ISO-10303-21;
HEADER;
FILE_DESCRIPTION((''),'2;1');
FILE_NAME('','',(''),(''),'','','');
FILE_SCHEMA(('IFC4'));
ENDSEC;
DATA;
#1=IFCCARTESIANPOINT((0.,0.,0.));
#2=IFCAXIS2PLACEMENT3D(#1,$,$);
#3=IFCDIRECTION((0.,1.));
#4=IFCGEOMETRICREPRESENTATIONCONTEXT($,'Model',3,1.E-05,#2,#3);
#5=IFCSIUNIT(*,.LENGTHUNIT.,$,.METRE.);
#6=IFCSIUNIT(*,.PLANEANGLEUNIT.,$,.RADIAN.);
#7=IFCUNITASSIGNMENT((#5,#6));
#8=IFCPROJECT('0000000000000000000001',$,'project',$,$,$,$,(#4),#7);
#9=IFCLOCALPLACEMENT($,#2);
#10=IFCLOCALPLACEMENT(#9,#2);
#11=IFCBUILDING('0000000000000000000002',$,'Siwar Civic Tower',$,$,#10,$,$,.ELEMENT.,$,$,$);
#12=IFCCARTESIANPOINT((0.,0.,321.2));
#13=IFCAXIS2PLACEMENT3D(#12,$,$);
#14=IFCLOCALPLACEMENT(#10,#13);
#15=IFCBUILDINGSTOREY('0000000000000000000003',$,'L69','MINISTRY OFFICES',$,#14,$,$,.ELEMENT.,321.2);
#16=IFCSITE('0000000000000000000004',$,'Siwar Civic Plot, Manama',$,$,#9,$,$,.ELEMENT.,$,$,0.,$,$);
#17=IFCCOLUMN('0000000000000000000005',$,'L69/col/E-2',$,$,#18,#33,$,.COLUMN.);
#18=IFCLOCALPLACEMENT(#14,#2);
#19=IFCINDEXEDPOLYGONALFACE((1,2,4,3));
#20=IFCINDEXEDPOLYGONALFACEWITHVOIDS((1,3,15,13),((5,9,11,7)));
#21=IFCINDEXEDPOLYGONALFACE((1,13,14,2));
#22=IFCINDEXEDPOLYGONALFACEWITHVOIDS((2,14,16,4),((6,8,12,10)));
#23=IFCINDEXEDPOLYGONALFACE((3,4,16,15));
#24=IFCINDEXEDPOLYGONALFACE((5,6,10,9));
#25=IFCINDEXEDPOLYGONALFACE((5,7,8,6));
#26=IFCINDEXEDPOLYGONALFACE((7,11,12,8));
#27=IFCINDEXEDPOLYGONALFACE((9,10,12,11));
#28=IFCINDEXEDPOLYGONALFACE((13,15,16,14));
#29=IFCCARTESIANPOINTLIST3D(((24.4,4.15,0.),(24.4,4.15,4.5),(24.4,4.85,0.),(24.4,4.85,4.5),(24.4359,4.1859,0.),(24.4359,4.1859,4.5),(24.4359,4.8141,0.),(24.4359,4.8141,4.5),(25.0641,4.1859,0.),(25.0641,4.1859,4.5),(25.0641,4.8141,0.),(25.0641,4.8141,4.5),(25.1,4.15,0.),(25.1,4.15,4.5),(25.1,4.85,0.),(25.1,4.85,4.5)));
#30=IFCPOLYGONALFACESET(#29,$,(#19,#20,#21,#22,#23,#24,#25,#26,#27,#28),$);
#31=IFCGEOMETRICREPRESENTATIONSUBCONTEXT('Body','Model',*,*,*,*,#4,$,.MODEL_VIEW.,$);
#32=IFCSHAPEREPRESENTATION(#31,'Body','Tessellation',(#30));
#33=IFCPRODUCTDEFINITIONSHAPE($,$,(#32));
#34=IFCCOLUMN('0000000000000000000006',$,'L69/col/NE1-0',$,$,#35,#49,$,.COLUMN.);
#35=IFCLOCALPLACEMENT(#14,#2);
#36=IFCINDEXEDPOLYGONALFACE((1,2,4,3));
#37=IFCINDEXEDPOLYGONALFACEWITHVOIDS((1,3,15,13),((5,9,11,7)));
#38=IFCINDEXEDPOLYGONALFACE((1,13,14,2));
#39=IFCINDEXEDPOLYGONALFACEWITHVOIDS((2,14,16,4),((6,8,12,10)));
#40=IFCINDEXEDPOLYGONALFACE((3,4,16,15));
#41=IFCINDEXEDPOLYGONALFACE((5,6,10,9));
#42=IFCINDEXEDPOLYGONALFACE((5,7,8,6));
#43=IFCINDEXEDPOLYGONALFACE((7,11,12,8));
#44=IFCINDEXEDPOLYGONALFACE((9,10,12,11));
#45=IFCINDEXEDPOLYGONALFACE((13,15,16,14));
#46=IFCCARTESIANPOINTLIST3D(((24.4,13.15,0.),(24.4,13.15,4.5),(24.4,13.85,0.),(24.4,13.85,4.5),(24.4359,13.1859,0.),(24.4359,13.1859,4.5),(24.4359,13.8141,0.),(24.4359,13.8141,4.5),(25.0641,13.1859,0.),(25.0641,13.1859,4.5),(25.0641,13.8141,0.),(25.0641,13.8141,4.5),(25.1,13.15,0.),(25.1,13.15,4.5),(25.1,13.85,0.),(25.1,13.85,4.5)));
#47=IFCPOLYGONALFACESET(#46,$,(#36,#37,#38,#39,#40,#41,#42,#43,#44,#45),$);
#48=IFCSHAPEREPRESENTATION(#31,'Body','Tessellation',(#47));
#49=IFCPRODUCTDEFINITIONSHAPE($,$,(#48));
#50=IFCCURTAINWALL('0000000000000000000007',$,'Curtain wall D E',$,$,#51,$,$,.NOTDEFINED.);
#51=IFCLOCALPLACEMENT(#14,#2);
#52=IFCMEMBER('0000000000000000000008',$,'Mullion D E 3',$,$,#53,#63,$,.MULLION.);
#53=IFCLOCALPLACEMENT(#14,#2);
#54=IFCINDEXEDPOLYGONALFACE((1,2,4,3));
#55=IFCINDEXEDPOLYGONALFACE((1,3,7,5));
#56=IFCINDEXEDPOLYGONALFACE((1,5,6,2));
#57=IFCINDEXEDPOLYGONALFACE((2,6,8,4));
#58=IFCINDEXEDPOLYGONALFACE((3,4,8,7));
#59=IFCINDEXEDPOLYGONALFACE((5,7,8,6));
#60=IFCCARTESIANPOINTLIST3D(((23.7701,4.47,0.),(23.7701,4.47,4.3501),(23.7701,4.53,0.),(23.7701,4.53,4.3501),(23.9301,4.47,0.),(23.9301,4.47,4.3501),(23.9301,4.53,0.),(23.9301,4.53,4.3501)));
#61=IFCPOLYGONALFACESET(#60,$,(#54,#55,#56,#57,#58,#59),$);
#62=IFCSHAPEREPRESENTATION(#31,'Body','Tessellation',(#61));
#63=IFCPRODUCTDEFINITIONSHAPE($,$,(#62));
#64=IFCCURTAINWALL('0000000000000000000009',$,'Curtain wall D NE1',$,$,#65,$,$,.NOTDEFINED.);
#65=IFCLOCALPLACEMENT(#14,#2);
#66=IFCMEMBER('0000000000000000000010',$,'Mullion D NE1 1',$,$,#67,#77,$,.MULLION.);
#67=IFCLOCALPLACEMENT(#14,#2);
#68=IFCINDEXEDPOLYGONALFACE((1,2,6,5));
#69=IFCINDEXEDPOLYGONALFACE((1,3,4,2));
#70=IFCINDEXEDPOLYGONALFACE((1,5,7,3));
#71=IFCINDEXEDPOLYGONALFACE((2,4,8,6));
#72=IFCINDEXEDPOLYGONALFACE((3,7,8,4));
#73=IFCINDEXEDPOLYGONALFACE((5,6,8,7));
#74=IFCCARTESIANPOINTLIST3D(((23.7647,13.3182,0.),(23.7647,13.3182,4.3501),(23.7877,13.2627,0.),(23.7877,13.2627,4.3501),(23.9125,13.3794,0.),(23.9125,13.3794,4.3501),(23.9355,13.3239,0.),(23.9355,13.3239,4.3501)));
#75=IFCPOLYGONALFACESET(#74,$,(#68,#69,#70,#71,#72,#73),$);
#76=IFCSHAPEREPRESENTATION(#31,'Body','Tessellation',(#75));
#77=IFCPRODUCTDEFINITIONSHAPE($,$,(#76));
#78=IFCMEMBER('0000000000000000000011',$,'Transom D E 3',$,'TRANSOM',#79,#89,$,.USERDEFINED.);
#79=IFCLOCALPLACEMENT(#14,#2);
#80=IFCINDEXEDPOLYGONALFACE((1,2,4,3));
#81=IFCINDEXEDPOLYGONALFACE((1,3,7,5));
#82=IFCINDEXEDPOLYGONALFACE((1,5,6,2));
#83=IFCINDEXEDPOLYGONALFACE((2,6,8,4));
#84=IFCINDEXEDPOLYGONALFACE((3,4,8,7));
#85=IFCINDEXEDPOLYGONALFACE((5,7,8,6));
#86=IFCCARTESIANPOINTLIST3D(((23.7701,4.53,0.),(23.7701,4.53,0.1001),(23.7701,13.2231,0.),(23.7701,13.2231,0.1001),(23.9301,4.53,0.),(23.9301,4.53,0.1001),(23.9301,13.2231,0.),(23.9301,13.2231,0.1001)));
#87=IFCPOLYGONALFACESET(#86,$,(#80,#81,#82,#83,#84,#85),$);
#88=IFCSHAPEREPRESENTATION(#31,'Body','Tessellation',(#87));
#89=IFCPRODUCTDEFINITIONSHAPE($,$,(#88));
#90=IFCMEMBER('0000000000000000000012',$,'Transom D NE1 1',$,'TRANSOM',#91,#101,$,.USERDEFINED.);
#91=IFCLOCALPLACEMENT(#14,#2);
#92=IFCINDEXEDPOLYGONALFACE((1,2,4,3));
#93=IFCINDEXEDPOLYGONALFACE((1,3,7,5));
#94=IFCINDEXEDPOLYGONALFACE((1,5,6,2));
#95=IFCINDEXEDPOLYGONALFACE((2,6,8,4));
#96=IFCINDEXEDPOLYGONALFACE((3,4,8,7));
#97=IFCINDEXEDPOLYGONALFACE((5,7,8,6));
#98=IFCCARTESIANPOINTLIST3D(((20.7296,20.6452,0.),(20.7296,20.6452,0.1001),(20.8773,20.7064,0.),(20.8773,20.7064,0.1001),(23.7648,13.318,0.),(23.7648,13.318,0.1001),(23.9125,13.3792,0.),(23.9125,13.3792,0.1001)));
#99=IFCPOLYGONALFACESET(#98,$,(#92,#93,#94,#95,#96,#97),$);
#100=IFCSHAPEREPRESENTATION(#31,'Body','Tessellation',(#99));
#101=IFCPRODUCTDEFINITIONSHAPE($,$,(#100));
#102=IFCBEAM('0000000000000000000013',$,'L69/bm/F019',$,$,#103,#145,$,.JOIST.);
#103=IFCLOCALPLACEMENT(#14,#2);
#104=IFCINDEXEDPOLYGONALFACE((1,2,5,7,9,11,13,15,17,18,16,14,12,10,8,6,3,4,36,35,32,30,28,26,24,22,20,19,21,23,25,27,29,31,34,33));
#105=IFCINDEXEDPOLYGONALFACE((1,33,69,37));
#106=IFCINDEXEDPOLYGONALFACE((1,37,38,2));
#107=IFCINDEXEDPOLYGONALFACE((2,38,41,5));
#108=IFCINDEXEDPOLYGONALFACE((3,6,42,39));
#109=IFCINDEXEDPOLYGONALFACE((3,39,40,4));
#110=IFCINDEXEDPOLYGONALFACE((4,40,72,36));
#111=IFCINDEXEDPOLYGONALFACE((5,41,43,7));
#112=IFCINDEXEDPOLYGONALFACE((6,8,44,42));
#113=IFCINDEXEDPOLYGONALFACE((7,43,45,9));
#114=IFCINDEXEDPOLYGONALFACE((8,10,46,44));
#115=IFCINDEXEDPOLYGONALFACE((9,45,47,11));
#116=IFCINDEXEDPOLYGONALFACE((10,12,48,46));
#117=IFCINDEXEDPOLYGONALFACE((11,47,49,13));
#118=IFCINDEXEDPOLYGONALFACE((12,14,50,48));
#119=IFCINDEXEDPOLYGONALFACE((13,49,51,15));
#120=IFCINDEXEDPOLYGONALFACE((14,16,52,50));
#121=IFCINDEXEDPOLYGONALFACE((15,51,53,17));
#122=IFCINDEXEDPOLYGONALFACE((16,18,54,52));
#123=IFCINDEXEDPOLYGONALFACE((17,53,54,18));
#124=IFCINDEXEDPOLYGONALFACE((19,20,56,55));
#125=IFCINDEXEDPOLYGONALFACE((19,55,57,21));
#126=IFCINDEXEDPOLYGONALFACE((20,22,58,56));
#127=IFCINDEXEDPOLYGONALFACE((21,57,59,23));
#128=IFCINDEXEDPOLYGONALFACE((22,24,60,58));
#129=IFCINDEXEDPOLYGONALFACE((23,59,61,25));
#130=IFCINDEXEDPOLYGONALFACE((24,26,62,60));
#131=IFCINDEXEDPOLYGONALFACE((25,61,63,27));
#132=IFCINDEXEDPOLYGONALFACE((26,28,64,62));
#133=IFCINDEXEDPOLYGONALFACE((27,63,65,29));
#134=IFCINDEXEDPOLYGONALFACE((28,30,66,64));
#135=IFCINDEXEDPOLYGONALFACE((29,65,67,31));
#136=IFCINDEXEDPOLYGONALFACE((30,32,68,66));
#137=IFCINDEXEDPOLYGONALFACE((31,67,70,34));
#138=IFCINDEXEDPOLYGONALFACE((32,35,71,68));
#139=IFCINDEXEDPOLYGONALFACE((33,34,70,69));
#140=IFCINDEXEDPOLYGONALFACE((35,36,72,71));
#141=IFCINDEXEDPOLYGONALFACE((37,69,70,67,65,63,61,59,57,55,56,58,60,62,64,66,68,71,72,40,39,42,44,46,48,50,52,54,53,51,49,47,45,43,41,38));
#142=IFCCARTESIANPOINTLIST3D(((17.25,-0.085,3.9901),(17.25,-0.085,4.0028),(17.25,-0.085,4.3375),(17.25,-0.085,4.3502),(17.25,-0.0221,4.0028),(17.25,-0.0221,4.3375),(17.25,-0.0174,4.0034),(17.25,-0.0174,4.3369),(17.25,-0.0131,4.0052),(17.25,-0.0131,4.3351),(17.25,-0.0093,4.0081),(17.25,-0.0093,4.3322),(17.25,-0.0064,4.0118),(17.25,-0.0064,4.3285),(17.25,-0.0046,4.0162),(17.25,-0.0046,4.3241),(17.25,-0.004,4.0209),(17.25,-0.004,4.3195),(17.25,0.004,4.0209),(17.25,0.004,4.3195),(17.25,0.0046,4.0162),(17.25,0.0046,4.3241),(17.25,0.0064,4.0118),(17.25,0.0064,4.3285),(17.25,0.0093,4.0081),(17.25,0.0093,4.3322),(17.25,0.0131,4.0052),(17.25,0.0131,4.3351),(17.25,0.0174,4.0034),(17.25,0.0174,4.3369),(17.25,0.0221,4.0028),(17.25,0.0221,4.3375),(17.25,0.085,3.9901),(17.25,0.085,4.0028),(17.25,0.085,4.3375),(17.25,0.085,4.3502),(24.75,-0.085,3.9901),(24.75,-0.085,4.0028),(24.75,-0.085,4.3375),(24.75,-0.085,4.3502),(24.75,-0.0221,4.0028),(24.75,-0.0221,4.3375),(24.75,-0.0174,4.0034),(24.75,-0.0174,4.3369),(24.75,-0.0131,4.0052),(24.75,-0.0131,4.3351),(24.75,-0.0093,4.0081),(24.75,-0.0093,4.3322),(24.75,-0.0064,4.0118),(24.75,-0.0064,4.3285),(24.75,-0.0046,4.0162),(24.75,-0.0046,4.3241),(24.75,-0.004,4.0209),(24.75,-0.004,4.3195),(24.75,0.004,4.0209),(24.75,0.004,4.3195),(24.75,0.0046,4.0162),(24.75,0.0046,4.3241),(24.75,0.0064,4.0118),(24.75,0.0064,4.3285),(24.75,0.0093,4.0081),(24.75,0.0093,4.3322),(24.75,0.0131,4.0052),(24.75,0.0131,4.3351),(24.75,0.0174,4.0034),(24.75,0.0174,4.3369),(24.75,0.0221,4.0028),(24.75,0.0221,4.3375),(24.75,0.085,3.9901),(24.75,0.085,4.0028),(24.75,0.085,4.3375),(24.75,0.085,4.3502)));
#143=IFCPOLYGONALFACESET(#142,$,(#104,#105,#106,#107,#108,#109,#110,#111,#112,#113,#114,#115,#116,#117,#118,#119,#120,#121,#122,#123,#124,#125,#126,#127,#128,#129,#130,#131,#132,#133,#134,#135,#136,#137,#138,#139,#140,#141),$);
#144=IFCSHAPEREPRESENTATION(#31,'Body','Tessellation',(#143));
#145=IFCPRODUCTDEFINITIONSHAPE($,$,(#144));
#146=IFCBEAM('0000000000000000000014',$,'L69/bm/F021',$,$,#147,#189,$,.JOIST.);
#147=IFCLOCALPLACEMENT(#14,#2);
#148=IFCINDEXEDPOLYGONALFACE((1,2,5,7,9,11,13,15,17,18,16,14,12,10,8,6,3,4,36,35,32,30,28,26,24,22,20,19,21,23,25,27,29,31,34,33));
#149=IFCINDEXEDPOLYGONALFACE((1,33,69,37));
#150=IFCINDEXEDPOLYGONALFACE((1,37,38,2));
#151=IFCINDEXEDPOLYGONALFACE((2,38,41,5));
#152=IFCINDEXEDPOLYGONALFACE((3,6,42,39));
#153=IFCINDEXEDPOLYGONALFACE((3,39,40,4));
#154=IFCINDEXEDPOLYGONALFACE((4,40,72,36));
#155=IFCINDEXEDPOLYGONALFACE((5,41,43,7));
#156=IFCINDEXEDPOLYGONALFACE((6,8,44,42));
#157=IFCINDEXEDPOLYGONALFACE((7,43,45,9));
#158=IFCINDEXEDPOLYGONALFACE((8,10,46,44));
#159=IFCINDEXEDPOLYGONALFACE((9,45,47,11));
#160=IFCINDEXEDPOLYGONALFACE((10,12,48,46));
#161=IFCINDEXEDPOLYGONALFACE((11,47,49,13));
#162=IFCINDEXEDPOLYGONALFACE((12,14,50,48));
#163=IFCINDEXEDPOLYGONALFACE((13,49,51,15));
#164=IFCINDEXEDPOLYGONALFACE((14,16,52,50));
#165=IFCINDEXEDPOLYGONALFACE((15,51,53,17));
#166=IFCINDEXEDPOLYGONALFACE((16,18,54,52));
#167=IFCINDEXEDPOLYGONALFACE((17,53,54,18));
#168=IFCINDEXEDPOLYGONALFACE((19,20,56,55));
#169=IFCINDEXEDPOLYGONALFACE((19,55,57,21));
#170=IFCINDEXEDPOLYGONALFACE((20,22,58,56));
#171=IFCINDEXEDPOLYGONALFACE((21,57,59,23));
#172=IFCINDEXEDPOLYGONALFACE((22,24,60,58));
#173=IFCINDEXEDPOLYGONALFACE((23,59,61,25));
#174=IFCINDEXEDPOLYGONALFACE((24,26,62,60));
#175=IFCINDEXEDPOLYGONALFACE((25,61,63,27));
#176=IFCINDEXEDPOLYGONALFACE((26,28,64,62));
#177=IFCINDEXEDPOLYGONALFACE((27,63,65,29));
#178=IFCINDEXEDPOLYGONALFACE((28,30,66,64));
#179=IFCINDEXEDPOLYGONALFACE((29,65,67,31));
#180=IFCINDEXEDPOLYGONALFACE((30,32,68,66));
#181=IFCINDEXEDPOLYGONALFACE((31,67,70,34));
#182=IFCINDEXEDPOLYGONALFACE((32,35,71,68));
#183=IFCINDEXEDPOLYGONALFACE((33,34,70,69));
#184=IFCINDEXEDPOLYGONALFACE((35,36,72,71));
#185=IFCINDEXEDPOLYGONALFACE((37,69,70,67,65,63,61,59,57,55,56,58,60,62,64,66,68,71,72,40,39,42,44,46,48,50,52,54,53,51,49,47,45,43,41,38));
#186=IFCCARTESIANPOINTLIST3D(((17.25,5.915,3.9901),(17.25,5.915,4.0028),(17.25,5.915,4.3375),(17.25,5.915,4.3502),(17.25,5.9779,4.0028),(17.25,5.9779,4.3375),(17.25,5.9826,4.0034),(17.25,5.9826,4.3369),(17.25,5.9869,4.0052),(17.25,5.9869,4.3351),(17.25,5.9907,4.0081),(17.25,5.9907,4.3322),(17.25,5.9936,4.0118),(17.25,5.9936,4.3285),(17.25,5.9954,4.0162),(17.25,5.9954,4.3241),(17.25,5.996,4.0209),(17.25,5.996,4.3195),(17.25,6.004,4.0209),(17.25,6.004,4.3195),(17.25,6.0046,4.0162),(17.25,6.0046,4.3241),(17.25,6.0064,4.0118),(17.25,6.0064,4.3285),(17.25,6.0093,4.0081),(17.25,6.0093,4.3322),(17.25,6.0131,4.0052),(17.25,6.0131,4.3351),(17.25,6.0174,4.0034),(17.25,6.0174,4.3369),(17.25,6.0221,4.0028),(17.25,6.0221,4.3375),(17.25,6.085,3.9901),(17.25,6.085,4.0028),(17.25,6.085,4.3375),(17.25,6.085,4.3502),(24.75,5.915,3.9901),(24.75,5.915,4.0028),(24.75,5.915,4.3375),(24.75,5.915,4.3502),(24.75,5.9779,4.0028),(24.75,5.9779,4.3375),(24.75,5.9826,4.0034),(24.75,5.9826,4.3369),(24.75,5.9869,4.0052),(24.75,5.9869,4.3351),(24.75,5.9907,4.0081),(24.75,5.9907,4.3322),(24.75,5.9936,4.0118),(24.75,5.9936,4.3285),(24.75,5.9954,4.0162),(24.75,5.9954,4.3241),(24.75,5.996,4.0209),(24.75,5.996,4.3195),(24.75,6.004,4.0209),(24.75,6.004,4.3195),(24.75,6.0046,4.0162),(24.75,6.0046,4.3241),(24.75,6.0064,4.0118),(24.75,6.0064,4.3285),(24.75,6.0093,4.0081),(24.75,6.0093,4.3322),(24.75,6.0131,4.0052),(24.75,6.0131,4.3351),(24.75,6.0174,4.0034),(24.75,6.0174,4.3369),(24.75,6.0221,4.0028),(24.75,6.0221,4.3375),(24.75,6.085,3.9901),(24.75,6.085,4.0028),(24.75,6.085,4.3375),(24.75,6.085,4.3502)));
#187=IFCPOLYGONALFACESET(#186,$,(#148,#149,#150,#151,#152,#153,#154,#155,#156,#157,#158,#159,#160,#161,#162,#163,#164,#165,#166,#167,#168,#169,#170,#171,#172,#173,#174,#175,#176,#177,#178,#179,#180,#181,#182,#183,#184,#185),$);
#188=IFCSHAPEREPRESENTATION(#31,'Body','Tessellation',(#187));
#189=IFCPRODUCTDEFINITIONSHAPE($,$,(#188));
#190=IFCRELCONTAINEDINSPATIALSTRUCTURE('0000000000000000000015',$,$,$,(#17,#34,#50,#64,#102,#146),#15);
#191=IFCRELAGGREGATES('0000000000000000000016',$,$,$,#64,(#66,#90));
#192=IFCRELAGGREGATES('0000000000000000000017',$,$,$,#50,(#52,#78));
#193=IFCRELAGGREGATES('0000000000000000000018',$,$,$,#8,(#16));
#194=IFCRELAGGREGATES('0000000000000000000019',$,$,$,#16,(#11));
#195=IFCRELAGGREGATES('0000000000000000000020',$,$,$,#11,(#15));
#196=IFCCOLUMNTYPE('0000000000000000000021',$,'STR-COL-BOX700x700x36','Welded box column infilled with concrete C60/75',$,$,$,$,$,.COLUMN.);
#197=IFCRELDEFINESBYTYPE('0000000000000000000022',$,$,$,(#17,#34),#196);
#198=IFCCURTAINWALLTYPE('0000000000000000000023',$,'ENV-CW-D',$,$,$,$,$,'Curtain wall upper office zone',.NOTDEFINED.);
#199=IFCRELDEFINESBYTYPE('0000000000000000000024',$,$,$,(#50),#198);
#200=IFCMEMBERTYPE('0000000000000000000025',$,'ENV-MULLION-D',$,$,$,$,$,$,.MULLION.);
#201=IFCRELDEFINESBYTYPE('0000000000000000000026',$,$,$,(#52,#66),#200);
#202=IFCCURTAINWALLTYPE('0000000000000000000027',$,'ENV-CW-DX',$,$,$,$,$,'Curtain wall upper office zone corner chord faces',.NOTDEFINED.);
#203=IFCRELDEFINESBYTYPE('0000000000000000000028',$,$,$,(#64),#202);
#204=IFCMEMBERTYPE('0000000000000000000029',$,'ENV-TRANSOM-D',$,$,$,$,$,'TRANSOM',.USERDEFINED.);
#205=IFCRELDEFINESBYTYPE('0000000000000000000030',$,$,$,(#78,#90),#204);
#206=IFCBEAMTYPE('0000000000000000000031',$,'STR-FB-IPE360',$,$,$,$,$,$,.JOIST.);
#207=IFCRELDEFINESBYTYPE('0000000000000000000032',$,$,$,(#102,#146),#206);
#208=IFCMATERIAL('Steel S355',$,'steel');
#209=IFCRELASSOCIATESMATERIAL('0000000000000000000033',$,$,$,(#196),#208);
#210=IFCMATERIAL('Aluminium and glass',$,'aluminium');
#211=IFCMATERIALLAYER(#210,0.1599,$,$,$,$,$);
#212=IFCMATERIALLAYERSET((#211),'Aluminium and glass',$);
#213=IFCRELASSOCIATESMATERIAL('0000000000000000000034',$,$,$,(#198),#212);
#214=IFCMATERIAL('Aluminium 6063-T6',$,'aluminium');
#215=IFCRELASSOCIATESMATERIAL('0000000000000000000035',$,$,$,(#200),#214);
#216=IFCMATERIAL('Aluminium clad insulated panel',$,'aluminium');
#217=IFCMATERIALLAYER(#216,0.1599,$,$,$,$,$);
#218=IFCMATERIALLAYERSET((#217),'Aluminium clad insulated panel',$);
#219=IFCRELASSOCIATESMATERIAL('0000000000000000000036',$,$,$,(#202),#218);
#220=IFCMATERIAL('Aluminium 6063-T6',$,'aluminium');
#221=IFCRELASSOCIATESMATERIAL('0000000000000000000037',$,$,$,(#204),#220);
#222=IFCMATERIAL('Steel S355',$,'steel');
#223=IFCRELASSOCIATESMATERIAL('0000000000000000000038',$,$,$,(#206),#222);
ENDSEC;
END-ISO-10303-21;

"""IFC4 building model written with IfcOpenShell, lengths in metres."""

from ifc_helpers import new_model, si_unit, direction, frame, origin, origin_2d, place, context, subcontext, project, spatial, rectangle, hollow_rectangle, i_section, extrude, material, layer, layer_set, material_profile, profile_set, type_object, element, aggregate, save


model = new_model("IFC4")

# Units and contexts
model_context = context("Model", 3, precision=1e-05, world=origin(), true_north=direction((0.0, 1.0)))
body_context = subcontext(model_context, "Body", "Model", "MODEL_VIEW")
ifc_project = project(units=[si_unit("LENGTHUNIT", "METRE"), si_unit("PLANEANGLEUNIT", "RADIAN")], contexts=[model_context])

# Site, building, storey
site_placement = place(None, origin())
site = spatial("IfcSite", under=ifc_project, at=site_placement, Name="Siwar Civic Plot, Manama", CompositionType="ELEMENT", RefElevation=0.0)
building_placement = place(site_placement, origin())
building = spatial("IfcBuilding", under=site, at=building_placement, Name="Siwar Civic Tower", CompositionType="ELEMENT")
storey_placement = place(building_placement, frame((0.0, 0.0, 321.2)))
storey = spatial("IfcBuildingStorey", under=building, at=storey_placement, Name="L69", Description="MINISTRY OFFICES", CompositionType="ELEMENT", Elevation=321.2)

# Columns
ifc_material_1 = material(Name="Steel S355", Category="steel")
ifc_material_profile_1 = material_profile(ifc_material_1, hollow_rectangle(XDim=0.7, YDim=0.7, WallThickness=0.0359, at=origin_2d()), Name="BOX700x700x36")
ifc_profile_set_1 = profile_set([ifc_material_profile_1], Name="Steel S355")
column_type = type_object("IfcColumnType", Name="STR-COL-BOX700x700x36", Description="Welded box column infilled with concrete C60/75", PredefinedType="COLUMN", material=ifc_profile_set_1)
for number, where, z_axis, x_axis, name in (
    (1, (24.75, 4.5, 0.0), (0.0, 0.0, 1.0), (1.0, 0.0, 0.0), "L69/col/E-2"),
    (2, (24.75, 13.5, 0.0), (0.0, 0.0, 1.0), (1.0, 0.0, 0.0), "L69/col/NE1-0"),
):
    element("IfcColumn", number, at=place(storey_placement, frame(where, z_axis=z_axis, x_axis=x_axis)), inside=storey, type_object=column_type, Name=name, PredefinedType="COLUMN", context=body_context, shape_type="SweptSolid", body=[
        extrude(hollow_rectangle(XDim=0.7, YDim=0.7, WallThickness=0.0359, at=origin_2d()), origin(), (0.0, 0.0, 1.0), 4.5),
    ])

# Curtain walls, members
ifc_material_2 = material(Name="Aluminium and glass", Category="aluminium")
ifc_layer_1 = layer(ifc_material_2, 0.1599)
ifc_layer_set_1 = layer_set([ifc_layer_1], Name="Aluminium and glass")
curtain_wall_type_1 = type_object("IfcCurtainWallType", Name="ENV-CW-D", ElementType="Curtain wall upper office zone", PredefinedType="NOTDEFINED", material=ifc_layer_set_1)
curtain_wall_1_placement = place(storey_placement, origin())
curtain_wall_1 = element("IfcCurtainWall", 3, at=curtain_wall_1_placement, inside=storey, type_object=curtain_wall_type_1, Name="Curtain wall D E", PredefinedType="NOTDEFINED")
ifc_material_3 = material(Name="Aluminium 6063-T6", Category="aluminium")
ifc_material_profile_2 = material_profile(ifc_material_3, rectangle(XDim=0.1599, YDim=0.0601, at=origin_2d()), Name="AL 160x60")
ifc_profile_set_2 = profile_set([ifc_material_profile_2], Name="Aluminium 6063-T6")
member_type_1 = type_object("IfcMemberType", Name="ENV-MULLION-D", PredefinedType="MULLION", material=ifc_profile_set_2)
member_1_placement = place(storey_placement, frame((23.8501, 4.5, 0.0), z_axis=(0.0, 0.0, 1.0), x_axis=(-1.0, 0.0, 0.0)))
member_1 = element("IfcMember", 4, at=member_1_placement, type_object=member_type_1, Name="Mullion D E 3", PredefinedType="MULLION", context=body_context, shape_type="SweptSolid", body=[
    extrude(rectangle(XDim=0.1599, YDim=0.0601, at=origin_2d()), origin(), (0.0, 0.0, 1.0), 4.3501),
])
ifc_material_4 = material(Name="Aluminium clad insulated panel", Category="aluminium")
ifc_layer_2 = layer(ifc_material_4, 0.1599)
ifc_layer_set_2 = layer_set([ifc_layer_2], Name="Aluminium clad insulated panel")
curtain_wall_type_2 = type_object("IfcCurtainWallType", Name="ENV-CW-DX", ElementType="Curtain wall upper office zone corner chord faces", PredefinedType="NOTDEFINED", material=ifc_layer_set_2)
curtain_wall_2_placement = place(storey_placement, origin())
curtain_wall_2 = element("IfcCurtainWall", 5, at=curtain_wall_2_placement, inside=storey, type_object=curtain_wall_type_2, Name="Curtain wall D NE1", PredefinedType="NOTDEFINED")
member_2_placement = place(storey_placement, frame((23.8501, 13.321, 0.0), z_axis=(0.0, 0.0, 1.0), x_axis=(-0.92388, -0.382683, 0.0)))
member_2 = element("IfcMember", 6, at=member_2_placement, type_object=member_type_1, Name="Mullion D NE1 1", PredefinedType="MULLION", context=body_context, shape_type="SweptSolid", body=[
    extrude(rectangle(XDim=0.1599, YDim=0.0601, at=origin_2d()), origin(), (0.0, 0.0, 1.0), 4.3501),
])

# Members
ifc_material_5 = material(Name="Aluminium 6063-T6", Category="aluminium")
ifc_material_profile_3 = material_profile(ifc_material_5, rectangle(XDim=0.1599, YDim=0.1001, at=origin_2d()), Name="AL 160x100")
ifc_profile_set_3 = profile_set([ifc_material_profile_3], Name="Aluminium 6063-T6")
member_type_2 = type_object("IfcMemberType", Name="ENV-TRANSOM-D", ElementType="TRANSOM", PredefinedType="USERDEFINED", material=ifc_profile_set_3)
member_3_placement = place(storey_placement, frame((23.8501, 4.53, 0.05), z_axis=(0.0, 1.0, 0.0), x_axis=(-1.0, 0.0, 0.0)))
member_3 = element("IfcMember", 7, at=member_3_placement, type_object=member_type_2, Name="Transom D E 3", ObjectType="TRANSOM", PredefinedType="USERDEFINED", context=body_context, shape_type="SweptSolid", body=[
    extrude(rectangle(XDim=0.1599, YDim=0.1001, at=origin_2d()), origin(), (0.0, 0.0, 1.0), 8.6931),
])
member_4_placement = place(storey_placement, frame((23.8386, 13.3486, 0.05), z_axis=(-0.3827, 0.923873, 0.0), x_axis=(-0.923873, -0.3827, 0.0)))
member_4 = element("IfcMember", 8, at=member_4_placement, type_object=member_type_2, Name="Transom D NE1 1", ObjectType="TRANSOM", PredefinedType="USERDEFINED", context=body_context, shape_type="SweptSolid", body=[
    extrude(rectangle(XDim=0.1599, YDim=0.1001, at=origin_2d()), origin(), (0.0, 0.0, 1.0), 7.9309),
])
aggregate(curtain_wall_2, [member_2, member_4])

# Beams
ifc_material_6 = material(Name="Steel S355", Category="steel")
ifc_material_profile_4 = material_profile(ifc_material_6, i_section(OverallWidth=0.1699, OverallDepth=0.3601, WebThickness=0.0081, FlangeThickness=0.0127, FilletRadius=0.0181, at=origin_2d()), Name="IPE360")
ifc_profile_set_4 = profile_set([ifc_material_profile_4], Name="Steel S355")
beam_type_1 = type_object("IfcBeamType", Name="STR-FB-IPE360", PredefinedType="JOIST", material=ifc_profile_set_4)
for number, where, z_axis, x_axis, name in (
    (9, (17.25, 0.0, 4.1702), (1.0, 0.0, 0.0), (0.0, 1.0, 0.0), "L69/bm/F019"),
    (10, (17.25, 6.0, 4.1702), (1.0, 0.0, 0.0), (0.0, 1.0, 0.0), "L69/bm/F021"),
):
    element("IfcBeam", number, at=place(storey_placement, frame(where, z_axis=z_axis, x_axis=x_axis)), inside=storey, type_object=beam_type_1, Name=name, PredefinedType="JOIST", context=body_context, shape_type="SweptSolid", body=[
        extrude(i_section(OverallWidth=0.1699, OverallDepth=0.3601, WebThickness=0.0081, FlangeThickness=0.0127, FilletRadius=0.0181, at=origin_2d()), origin(), (0.0, 0.0, 1.0), 7.5),
    ])

aggregate(curtain_wall_1, [member_1, member_3])

save(model, "model.ifc")
